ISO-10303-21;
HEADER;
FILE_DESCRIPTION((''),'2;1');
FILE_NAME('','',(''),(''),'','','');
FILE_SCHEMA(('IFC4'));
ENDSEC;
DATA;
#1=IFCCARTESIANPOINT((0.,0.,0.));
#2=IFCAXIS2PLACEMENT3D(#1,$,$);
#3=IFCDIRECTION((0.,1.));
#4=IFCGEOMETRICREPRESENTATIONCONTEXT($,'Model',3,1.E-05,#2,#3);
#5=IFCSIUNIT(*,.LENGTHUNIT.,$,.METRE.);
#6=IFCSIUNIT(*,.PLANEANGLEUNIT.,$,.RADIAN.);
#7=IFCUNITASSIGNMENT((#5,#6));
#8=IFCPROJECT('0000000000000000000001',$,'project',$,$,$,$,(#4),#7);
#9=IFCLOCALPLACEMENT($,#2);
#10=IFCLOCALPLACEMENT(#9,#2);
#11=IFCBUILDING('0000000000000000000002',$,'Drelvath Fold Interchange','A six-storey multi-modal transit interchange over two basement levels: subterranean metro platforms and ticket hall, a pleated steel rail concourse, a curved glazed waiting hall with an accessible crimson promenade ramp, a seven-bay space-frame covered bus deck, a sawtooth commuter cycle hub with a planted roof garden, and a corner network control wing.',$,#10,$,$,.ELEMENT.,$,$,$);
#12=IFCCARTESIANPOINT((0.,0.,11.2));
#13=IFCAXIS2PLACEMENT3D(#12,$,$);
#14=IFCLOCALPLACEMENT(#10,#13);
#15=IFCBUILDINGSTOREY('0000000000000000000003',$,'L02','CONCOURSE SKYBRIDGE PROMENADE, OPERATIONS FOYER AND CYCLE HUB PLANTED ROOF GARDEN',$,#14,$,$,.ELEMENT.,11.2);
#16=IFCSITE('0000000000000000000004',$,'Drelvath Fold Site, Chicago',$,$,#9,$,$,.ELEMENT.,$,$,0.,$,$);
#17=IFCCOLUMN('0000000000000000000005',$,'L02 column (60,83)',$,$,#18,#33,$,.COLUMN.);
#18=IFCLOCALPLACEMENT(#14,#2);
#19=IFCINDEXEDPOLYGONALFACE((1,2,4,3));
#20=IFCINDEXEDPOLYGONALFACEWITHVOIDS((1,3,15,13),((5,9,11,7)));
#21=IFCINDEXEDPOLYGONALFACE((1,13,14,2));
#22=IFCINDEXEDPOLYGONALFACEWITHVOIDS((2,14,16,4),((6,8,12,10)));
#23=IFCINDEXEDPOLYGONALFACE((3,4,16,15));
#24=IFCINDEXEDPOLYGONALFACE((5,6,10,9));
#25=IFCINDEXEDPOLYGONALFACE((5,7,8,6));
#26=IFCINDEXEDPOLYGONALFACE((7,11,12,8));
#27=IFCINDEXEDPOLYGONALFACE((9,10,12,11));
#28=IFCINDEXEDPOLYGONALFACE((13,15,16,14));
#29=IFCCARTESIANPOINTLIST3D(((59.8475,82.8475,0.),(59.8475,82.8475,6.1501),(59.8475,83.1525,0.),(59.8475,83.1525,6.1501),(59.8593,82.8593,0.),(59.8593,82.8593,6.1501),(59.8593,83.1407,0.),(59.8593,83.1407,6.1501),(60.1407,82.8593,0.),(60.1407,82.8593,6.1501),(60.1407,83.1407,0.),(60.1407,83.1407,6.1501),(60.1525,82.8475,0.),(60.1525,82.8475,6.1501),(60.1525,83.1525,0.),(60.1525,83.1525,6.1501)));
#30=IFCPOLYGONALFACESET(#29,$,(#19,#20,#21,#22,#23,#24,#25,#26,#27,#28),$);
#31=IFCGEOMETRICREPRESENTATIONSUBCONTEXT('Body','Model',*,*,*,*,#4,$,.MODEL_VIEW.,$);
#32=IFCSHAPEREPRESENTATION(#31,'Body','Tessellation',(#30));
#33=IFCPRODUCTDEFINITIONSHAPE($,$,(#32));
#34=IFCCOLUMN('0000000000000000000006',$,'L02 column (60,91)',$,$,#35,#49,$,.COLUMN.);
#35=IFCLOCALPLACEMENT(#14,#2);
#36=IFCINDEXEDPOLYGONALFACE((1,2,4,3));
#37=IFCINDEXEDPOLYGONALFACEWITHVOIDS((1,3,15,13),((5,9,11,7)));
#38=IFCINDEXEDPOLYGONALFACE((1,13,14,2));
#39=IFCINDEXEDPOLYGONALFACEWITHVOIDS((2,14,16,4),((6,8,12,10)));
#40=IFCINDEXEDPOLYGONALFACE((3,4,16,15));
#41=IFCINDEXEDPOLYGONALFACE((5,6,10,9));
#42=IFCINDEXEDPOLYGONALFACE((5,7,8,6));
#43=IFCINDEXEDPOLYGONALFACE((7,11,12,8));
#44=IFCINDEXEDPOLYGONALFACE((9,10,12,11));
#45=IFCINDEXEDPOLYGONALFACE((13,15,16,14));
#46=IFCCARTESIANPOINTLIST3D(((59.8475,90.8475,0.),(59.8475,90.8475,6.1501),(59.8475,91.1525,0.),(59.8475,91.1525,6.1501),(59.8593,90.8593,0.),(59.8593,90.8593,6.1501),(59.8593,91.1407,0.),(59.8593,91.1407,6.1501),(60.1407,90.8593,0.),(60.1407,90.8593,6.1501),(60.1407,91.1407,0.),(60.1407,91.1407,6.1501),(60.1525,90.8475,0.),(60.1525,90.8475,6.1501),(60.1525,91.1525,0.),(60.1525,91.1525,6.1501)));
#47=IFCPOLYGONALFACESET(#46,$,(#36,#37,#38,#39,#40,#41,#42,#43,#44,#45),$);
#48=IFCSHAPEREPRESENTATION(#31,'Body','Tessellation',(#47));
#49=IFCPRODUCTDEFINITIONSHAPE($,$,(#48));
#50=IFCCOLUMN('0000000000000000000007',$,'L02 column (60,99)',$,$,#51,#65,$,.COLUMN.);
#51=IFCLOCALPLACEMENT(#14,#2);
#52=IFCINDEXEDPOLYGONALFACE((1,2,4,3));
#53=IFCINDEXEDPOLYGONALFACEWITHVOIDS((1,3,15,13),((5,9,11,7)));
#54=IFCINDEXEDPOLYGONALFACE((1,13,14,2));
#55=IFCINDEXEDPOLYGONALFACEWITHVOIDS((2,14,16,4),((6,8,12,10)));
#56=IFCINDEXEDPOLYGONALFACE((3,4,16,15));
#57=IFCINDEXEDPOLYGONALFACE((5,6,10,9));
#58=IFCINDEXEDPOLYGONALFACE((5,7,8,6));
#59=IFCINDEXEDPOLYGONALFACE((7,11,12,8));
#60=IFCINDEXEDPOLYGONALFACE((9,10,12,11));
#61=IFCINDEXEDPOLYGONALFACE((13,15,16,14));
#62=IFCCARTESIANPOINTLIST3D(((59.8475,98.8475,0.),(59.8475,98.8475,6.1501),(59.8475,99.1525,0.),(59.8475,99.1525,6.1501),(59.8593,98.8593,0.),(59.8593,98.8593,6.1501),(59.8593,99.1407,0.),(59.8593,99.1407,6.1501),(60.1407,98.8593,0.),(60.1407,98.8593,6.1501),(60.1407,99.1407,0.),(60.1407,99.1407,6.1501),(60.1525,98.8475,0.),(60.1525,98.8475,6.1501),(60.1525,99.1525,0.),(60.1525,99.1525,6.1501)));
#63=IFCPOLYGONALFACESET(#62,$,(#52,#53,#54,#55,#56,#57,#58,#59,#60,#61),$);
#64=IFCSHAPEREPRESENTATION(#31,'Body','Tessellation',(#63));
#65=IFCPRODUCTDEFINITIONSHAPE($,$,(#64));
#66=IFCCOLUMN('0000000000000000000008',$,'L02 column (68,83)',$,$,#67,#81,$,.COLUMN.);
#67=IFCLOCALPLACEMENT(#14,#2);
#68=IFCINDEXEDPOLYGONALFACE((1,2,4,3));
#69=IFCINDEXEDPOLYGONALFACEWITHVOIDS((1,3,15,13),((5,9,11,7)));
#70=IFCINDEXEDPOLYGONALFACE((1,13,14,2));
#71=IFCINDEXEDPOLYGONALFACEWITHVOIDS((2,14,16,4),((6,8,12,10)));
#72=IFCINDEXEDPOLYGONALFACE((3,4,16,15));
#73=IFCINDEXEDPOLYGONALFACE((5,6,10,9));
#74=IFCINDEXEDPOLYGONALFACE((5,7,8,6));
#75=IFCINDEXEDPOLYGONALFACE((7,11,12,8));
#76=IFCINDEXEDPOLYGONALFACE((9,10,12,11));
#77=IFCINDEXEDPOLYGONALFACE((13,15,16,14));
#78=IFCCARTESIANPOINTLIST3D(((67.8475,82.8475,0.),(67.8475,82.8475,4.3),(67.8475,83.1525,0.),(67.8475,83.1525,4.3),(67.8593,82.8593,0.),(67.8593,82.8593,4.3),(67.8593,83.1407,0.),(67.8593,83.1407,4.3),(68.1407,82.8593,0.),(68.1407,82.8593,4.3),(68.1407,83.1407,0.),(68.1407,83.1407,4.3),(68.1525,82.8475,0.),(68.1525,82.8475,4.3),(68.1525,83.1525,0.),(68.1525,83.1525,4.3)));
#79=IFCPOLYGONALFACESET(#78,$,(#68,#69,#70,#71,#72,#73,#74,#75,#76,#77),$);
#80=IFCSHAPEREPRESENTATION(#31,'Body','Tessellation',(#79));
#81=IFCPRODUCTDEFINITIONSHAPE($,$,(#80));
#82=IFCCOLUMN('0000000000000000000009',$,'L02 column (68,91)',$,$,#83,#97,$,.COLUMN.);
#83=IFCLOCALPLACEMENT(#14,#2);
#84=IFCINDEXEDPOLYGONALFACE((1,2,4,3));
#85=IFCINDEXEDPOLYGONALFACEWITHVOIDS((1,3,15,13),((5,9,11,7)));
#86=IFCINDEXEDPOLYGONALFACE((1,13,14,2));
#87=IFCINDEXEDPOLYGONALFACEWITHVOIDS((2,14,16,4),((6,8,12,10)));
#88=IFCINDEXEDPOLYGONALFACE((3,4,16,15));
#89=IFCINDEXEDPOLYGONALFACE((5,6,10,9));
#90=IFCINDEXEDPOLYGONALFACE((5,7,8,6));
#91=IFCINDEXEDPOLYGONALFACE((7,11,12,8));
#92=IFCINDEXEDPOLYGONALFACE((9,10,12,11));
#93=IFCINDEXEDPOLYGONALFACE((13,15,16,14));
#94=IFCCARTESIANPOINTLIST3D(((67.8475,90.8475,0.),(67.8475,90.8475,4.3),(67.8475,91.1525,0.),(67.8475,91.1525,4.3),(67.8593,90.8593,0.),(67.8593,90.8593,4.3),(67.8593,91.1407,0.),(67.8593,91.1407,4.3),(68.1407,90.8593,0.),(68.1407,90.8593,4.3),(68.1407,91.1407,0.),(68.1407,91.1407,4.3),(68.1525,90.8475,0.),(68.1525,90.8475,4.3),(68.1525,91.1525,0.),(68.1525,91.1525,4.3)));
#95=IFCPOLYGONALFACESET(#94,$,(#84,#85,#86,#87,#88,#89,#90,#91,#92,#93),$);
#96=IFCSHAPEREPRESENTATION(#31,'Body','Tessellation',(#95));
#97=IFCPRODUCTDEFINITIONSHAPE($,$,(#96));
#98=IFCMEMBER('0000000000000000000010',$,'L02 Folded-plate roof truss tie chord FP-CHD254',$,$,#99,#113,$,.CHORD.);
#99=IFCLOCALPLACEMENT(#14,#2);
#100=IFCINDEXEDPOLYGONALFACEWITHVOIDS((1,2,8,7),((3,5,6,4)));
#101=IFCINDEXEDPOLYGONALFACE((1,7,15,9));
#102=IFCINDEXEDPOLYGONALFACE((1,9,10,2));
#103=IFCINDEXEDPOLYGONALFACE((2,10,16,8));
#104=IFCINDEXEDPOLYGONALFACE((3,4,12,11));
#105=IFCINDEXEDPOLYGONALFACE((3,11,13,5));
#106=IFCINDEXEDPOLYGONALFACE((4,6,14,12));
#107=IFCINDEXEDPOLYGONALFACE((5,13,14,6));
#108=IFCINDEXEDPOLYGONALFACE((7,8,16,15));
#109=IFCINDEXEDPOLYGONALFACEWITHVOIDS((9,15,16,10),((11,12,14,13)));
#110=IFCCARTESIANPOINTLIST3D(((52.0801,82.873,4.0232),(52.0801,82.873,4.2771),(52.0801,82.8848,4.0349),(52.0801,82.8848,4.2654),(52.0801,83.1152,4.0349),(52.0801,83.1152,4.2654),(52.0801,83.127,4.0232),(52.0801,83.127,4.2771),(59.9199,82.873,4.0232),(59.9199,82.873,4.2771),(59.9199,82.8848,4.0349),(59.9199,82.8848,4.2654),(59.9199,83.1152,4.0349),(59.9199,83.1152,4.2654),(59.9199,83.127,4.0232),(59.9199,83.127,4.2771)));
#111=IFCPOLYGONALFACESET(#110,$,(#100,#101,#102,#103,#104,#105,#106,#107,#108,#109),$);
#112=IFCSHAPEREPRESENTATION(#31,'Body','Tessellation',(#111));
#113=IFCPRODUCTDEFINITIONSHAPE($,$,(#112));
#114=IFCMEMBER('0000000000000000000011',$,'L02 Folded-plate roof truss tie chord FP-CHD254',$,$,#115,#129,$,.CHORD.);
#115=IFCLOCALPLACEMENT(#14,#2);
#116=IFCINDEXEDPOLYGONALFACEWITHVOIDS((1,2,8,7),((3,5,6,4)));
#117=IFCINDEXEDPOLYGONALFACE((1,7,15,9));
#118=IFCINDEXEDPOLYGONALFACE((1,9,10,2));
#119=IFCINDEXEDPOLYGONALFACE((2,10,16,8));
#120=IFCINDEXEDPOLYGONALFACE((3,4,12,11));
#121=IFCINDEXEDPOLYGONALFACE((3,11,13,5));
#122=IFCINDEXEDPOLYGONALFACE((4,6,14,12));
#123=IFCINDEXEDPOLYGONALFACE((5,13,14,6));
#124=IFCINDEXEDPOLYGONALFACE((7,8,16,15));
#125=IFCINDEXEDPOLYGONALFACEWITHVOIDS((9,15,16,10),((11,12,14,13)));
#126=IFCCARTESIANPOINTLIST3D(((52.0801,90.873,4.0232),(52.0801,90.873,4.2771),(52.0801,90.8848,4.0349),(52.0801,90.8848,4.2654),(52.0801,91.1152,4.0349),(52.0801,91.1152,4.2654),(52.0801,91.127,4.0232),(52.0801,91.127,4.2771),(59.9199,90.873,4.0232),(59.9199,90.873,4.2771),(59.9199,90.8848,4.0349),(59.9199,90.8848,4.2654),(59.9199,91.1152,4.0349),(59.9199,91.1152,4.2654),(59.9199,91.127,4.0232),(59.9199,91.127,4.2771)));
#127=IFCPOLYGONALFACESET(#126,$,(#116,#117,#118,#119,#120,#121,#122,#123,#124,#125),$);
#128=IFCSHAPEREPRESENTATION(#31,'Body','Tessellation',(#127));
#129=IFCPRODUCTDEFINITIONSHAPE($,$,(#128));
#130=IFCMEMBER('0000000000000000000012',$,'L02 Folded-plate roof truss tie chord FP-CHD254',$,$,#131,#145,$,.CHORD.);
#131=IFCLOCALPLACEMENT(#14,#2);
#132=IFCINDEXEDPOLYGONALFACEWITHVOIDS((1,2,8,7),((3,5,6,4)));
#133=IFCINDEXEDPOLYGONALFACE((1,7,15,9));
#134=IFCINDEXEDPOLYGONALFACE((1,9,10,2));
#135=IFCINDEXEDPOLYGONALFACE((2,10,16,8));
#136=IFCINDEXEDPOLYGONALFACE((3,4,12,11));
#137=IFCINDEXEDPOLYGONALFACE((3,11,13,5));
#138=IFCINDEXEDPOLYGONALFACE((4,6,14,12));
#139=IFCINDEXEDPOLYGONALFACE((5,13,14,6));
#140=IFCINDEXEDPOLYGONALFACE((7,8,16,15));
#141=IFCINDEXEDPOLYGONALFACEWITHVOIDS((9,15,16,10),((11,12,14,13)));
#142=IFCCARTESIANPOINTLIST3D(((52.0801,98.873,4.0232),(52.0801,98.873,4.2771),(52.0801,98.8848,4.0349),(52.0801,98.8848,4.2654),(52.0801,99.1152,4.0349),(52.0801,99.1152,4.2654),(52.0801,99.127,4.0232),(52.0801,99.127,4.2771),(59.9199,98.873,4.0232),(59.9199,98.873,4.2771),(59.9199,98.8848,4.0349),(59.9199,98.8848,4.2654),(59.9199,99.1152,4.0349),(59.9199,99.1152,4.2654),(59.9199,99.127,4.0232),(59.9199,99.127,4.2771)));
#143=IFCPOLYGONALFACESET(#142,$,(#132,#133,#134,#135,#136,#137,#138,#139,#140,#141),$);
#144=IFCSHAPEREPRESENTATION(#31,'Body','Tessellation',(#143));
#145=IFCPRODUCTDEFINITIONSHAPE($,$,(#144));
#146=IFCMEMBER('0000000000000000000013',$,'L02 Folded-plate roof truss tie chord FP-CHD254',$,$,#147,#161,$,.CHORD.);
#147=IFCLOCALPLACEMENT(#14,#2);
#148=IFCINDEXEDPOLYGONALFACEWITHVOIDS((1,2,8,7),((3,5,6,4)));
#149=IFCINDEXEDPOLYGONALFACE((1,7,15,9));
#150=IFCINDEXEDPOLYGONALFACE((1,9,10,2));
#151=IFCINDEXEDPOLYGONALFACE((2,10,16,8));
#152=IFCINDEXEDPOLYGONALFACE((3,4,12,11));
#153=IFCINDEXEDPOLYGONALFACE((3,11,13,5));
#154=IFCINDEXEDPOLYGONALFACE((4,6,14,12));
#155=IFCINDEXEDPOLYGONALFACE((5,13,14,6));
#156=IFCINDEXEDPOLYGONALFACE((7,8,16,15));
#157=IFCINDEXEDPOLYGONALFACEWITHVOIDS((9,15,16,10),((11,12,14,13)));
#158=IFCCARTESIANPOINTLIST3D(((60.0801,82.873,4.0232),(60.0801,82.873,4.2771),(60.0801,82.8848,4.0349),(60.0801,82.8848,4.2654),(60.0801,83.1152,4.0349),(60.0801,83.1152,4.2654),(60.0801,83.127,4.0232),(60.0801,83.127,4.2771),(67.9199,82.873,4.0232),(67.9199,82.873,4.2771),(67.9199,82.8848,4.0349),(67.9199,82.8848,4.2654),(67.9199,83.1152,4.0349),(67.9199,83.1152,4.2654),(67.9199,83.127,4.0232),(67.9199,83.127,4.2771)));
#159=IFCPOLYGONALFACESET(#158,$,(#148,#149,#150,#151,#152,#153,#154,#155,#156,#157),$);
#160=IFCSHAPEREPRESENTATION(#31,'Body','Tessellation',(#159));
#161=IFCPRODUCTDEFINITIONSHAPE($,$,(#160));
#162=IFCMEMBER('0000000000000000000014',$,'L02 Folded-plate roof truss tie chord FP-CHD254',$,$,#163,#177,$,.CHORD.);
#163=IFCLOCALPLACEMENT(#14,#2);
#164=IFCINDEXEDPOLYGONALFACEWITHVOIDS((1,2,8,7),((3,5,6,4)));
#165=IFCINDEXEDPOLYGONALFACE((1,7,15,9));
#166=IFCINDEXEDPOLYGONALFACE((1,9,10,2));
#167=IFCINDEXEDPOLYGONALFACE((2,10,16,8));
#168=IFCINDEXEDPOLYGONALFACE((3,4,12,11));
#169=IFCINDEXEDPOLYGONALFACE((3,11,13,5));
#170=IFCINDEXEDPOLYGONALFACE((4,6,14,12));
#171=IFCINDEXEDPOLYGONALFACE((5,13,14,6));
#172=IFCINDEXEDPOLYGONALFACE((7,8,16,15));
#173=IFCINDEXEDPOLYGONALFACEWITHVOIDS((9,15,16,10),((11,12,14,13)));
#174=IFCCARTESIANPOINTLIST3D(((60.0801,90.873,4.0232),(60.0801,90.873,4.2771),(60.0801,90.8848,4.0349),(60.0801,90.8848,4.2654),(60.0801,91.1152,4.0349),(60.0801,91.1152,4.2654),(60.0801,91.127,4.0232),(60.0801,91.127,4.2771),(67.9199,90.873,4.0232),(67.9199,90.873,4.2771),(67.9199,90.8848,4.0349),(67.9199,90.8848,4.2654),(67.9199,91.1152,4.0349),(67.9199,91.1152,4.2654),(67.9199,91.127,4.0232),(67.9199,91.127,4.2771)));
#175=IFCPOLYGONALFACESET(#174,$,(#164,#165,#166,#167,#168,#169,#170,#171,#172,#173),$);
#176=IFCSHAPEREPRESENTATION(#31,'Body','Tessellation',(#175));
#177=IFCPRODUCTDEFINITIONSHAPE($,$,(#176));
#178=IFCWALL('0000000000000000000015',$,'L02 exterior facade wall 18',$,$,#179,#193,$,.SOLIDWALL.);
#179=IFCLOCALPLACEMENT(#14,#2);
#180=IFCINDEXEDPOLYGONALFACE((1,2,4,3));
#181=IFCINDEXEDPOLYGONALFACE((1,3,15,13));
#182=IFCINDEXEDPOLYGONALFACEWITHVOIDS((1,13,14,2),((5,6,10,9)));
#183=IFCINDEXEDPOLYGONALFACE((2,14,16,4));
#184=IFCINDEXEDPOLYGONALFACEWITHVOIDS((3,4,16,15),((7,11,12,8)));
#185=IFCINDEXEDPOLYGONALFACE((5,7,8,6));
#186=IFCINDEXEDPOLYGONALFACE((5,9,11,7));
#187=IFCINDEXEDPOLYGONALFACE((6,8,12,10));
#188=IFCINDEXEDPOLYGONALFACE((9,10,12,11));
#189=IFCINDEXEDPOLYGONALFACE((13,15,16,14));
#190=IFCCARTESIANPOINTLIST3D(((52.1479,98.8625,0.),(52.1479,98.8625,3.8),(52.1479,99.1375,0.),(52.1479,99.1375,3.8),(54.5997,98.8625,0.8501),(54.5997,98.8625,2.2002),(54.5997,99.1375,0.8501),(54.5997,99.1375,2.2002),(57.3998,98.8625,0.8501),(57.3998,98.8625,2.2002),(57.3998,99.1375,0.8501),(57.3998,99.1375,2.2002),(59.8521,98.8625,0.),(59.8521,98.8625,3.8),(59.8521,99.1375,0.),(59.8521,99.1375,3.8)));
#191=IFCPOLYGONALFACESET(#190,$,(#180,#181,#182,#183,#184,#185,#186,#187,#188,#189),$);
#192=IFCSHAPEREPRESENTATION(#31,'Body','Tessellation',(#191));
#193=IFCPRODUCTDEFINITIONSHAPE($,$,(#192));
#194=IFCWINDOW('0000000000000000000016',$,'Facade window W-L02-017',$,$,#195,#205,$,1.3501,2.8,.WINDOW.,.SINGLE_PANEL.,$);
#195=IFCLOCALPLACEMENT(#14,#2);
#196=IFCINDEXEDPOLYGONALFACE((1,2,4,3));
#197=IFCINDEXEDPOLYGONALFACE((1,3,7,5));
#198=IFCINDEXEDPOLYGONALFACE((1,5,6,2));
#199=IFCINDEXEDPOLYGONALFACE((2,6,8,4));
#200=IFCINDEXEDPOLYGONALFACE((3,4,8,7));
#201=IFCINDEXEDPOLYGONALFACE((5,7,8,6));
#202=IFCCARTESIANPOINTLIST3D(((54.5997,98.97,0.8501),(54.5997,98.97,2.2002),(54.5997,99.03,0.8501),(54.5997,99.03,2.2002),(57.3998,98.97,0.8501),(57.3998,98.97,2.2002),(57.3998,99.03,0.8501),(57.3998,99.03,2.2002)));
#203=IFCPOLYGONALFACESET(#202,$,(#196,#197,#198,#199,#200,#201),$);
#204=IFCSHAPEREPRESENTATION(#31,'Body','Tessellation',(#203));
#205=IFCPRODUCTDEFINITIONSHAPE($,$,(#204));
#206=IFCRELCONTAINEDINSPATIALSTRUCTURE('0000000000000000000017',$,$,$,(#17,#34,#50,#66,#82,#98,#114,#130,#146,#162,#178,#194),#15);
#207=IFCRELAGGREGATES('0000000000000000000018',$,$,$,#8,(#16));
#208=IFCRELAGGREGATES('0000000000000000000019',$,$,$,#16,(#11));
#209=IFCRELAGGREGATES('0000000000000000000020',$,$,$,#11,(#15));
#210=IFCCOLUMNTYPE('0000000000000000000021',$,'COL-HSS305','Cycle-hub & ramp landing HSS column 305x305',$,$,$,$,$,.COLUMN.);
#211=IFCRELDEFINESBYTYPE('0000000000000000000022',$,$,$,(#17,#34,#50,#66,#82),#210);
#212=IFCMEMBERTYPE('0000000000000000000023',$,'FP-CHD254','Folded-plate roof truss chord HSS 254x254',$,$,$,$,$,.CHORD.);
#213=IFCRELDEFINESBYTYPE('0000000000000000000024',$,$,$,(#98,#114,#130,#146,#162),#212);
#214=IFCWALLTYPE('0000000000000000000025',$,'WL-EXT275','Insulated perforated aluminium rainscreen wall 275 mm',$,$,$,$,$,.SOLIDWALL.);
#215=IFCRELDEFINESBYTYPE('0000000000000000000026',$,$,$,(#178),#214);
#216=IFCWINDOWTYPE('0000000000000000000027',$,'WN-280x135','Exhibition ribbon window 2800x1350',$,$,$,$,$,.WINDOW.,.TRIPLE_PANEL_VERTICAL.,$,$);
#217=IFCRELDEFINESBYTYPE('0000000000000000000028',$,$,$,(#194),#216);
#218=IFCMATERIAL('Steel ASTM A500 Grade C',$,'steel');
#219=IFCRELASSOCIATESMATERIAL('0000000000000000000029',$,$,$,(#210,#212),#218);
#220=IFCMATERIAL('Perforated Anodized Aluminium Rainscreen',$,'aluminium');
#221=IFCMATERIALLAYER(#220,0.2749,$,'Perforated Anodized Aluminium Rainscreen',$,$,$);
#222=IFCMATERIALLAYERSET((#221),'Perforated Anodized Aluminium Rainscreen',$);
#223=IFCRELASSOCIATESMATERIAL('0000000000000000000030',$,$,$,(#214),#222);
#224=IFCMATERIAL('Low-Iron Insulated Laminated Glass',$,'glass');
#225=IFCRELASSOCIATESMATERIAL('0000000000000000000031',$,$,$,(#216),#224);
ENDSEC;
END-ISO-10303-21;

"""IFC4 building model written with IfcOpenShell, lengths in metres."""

from ifc_helpers import new_model, si_unit, direction, frame, frame_2d, origin, origin_2d, place, context, subcontext, project, spatial, rectangle, hollow_rectangle, extrude, material, layer, layer_set, material_profile, profile_set, type_object, element, fill, save


model = new_model("IFC4")

# Units and contexts
model_context = context("Model", 3, precision=1e-05, world=origin(), true_north=direction((0.0, 1.0)))
body_context = subcontext(model_context, "Body", "Model", "MODEL_VIEW")
ifc_project = project(units=[si_unit("LENGTHUNIT", "METRE"), si_unit("PLANEANGLEUNIT", "RADIAN")], contexts=[model_context])

# Site, building, storey
site_placement = place(None, origin())
site = spatial("IfcSite", under=ifc_project, at=site_placement, Name="Drelvath Fold Site, Chicago", CompositionType="ELEMENT", RefElevation=0.0)
building_placement = place(site_placement, origin())
building = spatial("IfcBuilding", under=site, at=building_placement, Name="Drelvath Fold Interchange", Description="A six-storey multi-modal transit interchange over two basement levels: subterranean metro platforms and ticket hall, a pleated steel rail concourse, a curved glazed waiting hall with an accessible crimson promenade ramp, a seven-bay space-frame covered bus deck, a sawtooth commuter cycle hub with a planted roof garden, and a corner network control wing.", CompositionType="ELEMENT")
storey_placement = place(building_placement, frame((0.0, 0.0, 11.2)))
storey = spatial("IfcBuildingStorey", under=building, at=storey_placement, Name="L02", Description="CONCOURSE SKYBRIDGE PROMENADE, OPERATIONS FOYER AND CYCLE HUB PLANTED ROOF GARDEN", CompositionType="ELEMENT", Elevation=11.2)

# Columns
ifc_material_1 = material(Name="Steel ASTM A500 Grade C", Category="steel")
ifc_material_profile_1 = material_profile(ifc_material_1, hollow_rectangle(XDim=0.3049, YDim=0.3049, WallThickness=0.0117, at=origin_2d()), Name="HSS12X12X1/2")
ifc_profile_set_1 = profile_set([ifc_material_profile_1], Name="Steel ASTM A500 Grade C")
column_type = type_object("IfcColumnType", Name="COL-HSS305", Description="Cycle-hub & ramp landing HSS column 305x305", PredefinedType="COLUMN", material=ifc_profile_set_1)
for number, where, z_axis, x_axis, name in (
    (1, (60.0, 83.0, 0.0), (0.0, 0.0, 1.0), (1.0, 0.0, 0.0), "L02 column (60,83)"),
    (2, (60.0, 91.0, 0.0), (0.0, 0.0, 1.0), (1.0, 0.0, 0.0), "L02 column (60,91)"),
    (3, (60.0, 99.0, 0.0), (0.0, 0.0, 1.0), (1.0, 0.0, 0.0), "L02 column (60,99)"),
):
    element("IfcColumn", number, at=place(storey_placement, frame(where, z_axis=z_axis, x_axis=x_axis)), inside=storey, type_object=column_type, Name=name, PredefinedType="COLUMN", context=body_context, shape_type="SweptSolid", body=[
        extrude(hollow_rectangle(XDim=0.3049, YDim=0.3049, WallThickness=0.0117, at=origin_2d()), origin(), (0.0, 0.0, 1.0), 6.1501),
    ])
for number, where, z_axis, x_axis, name in (
    (4, (68.0, 83.0, 0.0), (0.0, 0.0, 1.0), (1.0, 0.0, 0.0), "L02 column (68,83)"),
    (5, (68.0, 91.0, 0.0), (0.0, 0.0, 1.0), (1.0, 0.0, 0.0), "L02 column (68,91)"),
):
    element("IfcColumn", number, at=place(storey_placement, frame(where, z_axis=z_axis, x_axis=x_axis)), inside=storey, type_object=column_type, Name=name, PredefinedType="COLUMN", context=body_context, shape_type="SweptSolid", body=[
        extrude(hollow_rectangle(XDim=0.3049, YDim=0.3049, WallThickness=0.0117, at=origin_2d()), origin(), (0.0, 0.0, 1.0), 4.3),
    ])

# Members
ifc_material_profile_2 = material_profile(ifc_material_1, hollow_rectangle(XDim=0.2539, YDim=0.2539, WallThickness=0.0117, at=origin_2d()), Name="HSS10X10X1/2")
ifc_profile_set_2 = profile_set([ifc_material_profile_2], Name="Steel ASTM A500 Grade C")
member_type = type_object("IfcMemberType", Name="FP-CHD254", Description="Folded-plate roof truss chord HSS 254x254", PredefinedType="CHORD", material=ifc_profile_set_2)
for number, where, z_axis, x_axis, name in (
    (6, (52.0801, 83.0, 4.1501), (1.0, 0.0, 0.0), (0.0, 1.0, 0.0), "L02 Folded-plate roof truss tie chord FP-CHD254"),
    (7, (52.0801, 91.0, 4.1501), (1.0, 0.0, 0.0), (0.0, 1.0, 0.0), "L02 Folded-plate roof truss tie chord FP-CHD254"),
    (8, (52.0801, 99.0, 4.1501), (1.0, 0.0, 0.0), (0.0, 1.0, 0.0), "L02 Folded-plate roof truss tie chord FP-CHD254"),
    (9, (60.0801, 83.0, 4.1501), (1.0, 0.0, 0.0), (0.0, 1.0, 0.0), "L02 Folded-plate roof truss tie chord FP-CHD254"),
    (10, (60.0801, 91.0, 4.1501), (1.0, 0.0, 0.0), (0.0, 1.0, 0.0), "L02 Folded-plate roof truss tie chord FP-CHD254"),
):
    element("IfcMember", number, at=place(storey_placement, frame(where, z_axis=z_axis, x_axis=x_axis)), inside=storey, type_object=member_type, Name=name, PredefinedType="CHORD", context=body_context, shape_type="SweptSolid", body=[
        extrude(hollow_rectangle(XDim=0.2539, YDim=0.2539, WallThickness=0.0117, at=origin_2d()), origin(), (0.0, 0.0, 1.0), 7.8398),
    ])

# Wall, opening, window
ifc_material_2 = material(Name="Perforated Anodized Aluminium Rainscreen", Category="aluminium")
ifc_layer = layer(ifc_material_2, 0.2749, Name="Perforated Anodized Aluminium Rainscreen")
ifc_layer_set = layer_set([ifc_layer], Name="Perforated Anodized Aluminium Rainscreen")
wall_type = type_object("IfcWallType", Name="WL-EXT275", Description="Insulated perforated aluminium rainscreen wall 275 mm", PredefinedType="SOLIDWALL", material=ifc_layer_set)
wall_placement = place(storey_placement, frame((52.1479, 99.0, 0.0), z_axis=(0.0, 0.0, 1.0), x_axis=(1.0, 0.0, 0.0)))
wall = element("IfcWall", 11, at=wall_placement, inside=storey, type_object=wall_type, Name="L02 exterior facade wall 18", PredefinedType="SOLIDWALL", context=body_context, shape_type="SweptSolid", body=[
    extrude(rectangle(XDim=7.7041, YDim=0.2749, at=frame_2d((3.8521, 0.0))), origin(), (0.0, 0.0, 1.0), 3.8),
])
opening_placement = place(wall_placement, frame((2.4519, 0.0, 0.8501)))
opening = element("IfcOpeningElement", 12, at=opening_placement, cuts=wall, PredefinedType="OPENING", context=body_context, shape_type="SweptSolid", body=[
    extrude(rectangle(XDim=2.8, YDim=1.3501, at=frame_2d((1.3999, 0.675))), frame((0.0, 0.1475, 0.0), z_axis=(0.0, -1.0, 0.0), x_axis=(1.0, 0.0, 0.0)), (0.0, 0.0, 1.0), 0.2949),
])
ifc_material_3 = material(Name="Low-Iron Insulated Laminated Glass", Category="glass")
window_type = type_object("IfcWindowType", Name="WN-280x135", Description="Exhibition ribbon window 2800x1350", PartitioningType="TRIPLE_PANEL_VERTICAL", PredefinedType="WINDOW", material=ifc_material_3)
window_placement = place(opening_placement, origin())
window = element("IfcWindow", 13, at=window_placement, inside=storey, type_object=window_type, Name="Facade window W-L02-017", OverallHeight=1.3501, OverallWidth=2.8, PartitioningType="SINGLE_PANEL", PredefinedType="WINDOW", context=body_context, shape_type="SweptSolid", body=[
    extrude(rectangle(XDim=2.8, YDim=1.3501, at=frame_2d((1.3999, 0.675))), frame((0.0, 0.03, 0.0), z_axis=(0.0, -1.0, 0.0), x_axis=(1.0, 0.0, 0.0)), (0.0, 0.0, 1.0), 0.0601),
])
fill(opening, window)

save(model, "model.ifc")
